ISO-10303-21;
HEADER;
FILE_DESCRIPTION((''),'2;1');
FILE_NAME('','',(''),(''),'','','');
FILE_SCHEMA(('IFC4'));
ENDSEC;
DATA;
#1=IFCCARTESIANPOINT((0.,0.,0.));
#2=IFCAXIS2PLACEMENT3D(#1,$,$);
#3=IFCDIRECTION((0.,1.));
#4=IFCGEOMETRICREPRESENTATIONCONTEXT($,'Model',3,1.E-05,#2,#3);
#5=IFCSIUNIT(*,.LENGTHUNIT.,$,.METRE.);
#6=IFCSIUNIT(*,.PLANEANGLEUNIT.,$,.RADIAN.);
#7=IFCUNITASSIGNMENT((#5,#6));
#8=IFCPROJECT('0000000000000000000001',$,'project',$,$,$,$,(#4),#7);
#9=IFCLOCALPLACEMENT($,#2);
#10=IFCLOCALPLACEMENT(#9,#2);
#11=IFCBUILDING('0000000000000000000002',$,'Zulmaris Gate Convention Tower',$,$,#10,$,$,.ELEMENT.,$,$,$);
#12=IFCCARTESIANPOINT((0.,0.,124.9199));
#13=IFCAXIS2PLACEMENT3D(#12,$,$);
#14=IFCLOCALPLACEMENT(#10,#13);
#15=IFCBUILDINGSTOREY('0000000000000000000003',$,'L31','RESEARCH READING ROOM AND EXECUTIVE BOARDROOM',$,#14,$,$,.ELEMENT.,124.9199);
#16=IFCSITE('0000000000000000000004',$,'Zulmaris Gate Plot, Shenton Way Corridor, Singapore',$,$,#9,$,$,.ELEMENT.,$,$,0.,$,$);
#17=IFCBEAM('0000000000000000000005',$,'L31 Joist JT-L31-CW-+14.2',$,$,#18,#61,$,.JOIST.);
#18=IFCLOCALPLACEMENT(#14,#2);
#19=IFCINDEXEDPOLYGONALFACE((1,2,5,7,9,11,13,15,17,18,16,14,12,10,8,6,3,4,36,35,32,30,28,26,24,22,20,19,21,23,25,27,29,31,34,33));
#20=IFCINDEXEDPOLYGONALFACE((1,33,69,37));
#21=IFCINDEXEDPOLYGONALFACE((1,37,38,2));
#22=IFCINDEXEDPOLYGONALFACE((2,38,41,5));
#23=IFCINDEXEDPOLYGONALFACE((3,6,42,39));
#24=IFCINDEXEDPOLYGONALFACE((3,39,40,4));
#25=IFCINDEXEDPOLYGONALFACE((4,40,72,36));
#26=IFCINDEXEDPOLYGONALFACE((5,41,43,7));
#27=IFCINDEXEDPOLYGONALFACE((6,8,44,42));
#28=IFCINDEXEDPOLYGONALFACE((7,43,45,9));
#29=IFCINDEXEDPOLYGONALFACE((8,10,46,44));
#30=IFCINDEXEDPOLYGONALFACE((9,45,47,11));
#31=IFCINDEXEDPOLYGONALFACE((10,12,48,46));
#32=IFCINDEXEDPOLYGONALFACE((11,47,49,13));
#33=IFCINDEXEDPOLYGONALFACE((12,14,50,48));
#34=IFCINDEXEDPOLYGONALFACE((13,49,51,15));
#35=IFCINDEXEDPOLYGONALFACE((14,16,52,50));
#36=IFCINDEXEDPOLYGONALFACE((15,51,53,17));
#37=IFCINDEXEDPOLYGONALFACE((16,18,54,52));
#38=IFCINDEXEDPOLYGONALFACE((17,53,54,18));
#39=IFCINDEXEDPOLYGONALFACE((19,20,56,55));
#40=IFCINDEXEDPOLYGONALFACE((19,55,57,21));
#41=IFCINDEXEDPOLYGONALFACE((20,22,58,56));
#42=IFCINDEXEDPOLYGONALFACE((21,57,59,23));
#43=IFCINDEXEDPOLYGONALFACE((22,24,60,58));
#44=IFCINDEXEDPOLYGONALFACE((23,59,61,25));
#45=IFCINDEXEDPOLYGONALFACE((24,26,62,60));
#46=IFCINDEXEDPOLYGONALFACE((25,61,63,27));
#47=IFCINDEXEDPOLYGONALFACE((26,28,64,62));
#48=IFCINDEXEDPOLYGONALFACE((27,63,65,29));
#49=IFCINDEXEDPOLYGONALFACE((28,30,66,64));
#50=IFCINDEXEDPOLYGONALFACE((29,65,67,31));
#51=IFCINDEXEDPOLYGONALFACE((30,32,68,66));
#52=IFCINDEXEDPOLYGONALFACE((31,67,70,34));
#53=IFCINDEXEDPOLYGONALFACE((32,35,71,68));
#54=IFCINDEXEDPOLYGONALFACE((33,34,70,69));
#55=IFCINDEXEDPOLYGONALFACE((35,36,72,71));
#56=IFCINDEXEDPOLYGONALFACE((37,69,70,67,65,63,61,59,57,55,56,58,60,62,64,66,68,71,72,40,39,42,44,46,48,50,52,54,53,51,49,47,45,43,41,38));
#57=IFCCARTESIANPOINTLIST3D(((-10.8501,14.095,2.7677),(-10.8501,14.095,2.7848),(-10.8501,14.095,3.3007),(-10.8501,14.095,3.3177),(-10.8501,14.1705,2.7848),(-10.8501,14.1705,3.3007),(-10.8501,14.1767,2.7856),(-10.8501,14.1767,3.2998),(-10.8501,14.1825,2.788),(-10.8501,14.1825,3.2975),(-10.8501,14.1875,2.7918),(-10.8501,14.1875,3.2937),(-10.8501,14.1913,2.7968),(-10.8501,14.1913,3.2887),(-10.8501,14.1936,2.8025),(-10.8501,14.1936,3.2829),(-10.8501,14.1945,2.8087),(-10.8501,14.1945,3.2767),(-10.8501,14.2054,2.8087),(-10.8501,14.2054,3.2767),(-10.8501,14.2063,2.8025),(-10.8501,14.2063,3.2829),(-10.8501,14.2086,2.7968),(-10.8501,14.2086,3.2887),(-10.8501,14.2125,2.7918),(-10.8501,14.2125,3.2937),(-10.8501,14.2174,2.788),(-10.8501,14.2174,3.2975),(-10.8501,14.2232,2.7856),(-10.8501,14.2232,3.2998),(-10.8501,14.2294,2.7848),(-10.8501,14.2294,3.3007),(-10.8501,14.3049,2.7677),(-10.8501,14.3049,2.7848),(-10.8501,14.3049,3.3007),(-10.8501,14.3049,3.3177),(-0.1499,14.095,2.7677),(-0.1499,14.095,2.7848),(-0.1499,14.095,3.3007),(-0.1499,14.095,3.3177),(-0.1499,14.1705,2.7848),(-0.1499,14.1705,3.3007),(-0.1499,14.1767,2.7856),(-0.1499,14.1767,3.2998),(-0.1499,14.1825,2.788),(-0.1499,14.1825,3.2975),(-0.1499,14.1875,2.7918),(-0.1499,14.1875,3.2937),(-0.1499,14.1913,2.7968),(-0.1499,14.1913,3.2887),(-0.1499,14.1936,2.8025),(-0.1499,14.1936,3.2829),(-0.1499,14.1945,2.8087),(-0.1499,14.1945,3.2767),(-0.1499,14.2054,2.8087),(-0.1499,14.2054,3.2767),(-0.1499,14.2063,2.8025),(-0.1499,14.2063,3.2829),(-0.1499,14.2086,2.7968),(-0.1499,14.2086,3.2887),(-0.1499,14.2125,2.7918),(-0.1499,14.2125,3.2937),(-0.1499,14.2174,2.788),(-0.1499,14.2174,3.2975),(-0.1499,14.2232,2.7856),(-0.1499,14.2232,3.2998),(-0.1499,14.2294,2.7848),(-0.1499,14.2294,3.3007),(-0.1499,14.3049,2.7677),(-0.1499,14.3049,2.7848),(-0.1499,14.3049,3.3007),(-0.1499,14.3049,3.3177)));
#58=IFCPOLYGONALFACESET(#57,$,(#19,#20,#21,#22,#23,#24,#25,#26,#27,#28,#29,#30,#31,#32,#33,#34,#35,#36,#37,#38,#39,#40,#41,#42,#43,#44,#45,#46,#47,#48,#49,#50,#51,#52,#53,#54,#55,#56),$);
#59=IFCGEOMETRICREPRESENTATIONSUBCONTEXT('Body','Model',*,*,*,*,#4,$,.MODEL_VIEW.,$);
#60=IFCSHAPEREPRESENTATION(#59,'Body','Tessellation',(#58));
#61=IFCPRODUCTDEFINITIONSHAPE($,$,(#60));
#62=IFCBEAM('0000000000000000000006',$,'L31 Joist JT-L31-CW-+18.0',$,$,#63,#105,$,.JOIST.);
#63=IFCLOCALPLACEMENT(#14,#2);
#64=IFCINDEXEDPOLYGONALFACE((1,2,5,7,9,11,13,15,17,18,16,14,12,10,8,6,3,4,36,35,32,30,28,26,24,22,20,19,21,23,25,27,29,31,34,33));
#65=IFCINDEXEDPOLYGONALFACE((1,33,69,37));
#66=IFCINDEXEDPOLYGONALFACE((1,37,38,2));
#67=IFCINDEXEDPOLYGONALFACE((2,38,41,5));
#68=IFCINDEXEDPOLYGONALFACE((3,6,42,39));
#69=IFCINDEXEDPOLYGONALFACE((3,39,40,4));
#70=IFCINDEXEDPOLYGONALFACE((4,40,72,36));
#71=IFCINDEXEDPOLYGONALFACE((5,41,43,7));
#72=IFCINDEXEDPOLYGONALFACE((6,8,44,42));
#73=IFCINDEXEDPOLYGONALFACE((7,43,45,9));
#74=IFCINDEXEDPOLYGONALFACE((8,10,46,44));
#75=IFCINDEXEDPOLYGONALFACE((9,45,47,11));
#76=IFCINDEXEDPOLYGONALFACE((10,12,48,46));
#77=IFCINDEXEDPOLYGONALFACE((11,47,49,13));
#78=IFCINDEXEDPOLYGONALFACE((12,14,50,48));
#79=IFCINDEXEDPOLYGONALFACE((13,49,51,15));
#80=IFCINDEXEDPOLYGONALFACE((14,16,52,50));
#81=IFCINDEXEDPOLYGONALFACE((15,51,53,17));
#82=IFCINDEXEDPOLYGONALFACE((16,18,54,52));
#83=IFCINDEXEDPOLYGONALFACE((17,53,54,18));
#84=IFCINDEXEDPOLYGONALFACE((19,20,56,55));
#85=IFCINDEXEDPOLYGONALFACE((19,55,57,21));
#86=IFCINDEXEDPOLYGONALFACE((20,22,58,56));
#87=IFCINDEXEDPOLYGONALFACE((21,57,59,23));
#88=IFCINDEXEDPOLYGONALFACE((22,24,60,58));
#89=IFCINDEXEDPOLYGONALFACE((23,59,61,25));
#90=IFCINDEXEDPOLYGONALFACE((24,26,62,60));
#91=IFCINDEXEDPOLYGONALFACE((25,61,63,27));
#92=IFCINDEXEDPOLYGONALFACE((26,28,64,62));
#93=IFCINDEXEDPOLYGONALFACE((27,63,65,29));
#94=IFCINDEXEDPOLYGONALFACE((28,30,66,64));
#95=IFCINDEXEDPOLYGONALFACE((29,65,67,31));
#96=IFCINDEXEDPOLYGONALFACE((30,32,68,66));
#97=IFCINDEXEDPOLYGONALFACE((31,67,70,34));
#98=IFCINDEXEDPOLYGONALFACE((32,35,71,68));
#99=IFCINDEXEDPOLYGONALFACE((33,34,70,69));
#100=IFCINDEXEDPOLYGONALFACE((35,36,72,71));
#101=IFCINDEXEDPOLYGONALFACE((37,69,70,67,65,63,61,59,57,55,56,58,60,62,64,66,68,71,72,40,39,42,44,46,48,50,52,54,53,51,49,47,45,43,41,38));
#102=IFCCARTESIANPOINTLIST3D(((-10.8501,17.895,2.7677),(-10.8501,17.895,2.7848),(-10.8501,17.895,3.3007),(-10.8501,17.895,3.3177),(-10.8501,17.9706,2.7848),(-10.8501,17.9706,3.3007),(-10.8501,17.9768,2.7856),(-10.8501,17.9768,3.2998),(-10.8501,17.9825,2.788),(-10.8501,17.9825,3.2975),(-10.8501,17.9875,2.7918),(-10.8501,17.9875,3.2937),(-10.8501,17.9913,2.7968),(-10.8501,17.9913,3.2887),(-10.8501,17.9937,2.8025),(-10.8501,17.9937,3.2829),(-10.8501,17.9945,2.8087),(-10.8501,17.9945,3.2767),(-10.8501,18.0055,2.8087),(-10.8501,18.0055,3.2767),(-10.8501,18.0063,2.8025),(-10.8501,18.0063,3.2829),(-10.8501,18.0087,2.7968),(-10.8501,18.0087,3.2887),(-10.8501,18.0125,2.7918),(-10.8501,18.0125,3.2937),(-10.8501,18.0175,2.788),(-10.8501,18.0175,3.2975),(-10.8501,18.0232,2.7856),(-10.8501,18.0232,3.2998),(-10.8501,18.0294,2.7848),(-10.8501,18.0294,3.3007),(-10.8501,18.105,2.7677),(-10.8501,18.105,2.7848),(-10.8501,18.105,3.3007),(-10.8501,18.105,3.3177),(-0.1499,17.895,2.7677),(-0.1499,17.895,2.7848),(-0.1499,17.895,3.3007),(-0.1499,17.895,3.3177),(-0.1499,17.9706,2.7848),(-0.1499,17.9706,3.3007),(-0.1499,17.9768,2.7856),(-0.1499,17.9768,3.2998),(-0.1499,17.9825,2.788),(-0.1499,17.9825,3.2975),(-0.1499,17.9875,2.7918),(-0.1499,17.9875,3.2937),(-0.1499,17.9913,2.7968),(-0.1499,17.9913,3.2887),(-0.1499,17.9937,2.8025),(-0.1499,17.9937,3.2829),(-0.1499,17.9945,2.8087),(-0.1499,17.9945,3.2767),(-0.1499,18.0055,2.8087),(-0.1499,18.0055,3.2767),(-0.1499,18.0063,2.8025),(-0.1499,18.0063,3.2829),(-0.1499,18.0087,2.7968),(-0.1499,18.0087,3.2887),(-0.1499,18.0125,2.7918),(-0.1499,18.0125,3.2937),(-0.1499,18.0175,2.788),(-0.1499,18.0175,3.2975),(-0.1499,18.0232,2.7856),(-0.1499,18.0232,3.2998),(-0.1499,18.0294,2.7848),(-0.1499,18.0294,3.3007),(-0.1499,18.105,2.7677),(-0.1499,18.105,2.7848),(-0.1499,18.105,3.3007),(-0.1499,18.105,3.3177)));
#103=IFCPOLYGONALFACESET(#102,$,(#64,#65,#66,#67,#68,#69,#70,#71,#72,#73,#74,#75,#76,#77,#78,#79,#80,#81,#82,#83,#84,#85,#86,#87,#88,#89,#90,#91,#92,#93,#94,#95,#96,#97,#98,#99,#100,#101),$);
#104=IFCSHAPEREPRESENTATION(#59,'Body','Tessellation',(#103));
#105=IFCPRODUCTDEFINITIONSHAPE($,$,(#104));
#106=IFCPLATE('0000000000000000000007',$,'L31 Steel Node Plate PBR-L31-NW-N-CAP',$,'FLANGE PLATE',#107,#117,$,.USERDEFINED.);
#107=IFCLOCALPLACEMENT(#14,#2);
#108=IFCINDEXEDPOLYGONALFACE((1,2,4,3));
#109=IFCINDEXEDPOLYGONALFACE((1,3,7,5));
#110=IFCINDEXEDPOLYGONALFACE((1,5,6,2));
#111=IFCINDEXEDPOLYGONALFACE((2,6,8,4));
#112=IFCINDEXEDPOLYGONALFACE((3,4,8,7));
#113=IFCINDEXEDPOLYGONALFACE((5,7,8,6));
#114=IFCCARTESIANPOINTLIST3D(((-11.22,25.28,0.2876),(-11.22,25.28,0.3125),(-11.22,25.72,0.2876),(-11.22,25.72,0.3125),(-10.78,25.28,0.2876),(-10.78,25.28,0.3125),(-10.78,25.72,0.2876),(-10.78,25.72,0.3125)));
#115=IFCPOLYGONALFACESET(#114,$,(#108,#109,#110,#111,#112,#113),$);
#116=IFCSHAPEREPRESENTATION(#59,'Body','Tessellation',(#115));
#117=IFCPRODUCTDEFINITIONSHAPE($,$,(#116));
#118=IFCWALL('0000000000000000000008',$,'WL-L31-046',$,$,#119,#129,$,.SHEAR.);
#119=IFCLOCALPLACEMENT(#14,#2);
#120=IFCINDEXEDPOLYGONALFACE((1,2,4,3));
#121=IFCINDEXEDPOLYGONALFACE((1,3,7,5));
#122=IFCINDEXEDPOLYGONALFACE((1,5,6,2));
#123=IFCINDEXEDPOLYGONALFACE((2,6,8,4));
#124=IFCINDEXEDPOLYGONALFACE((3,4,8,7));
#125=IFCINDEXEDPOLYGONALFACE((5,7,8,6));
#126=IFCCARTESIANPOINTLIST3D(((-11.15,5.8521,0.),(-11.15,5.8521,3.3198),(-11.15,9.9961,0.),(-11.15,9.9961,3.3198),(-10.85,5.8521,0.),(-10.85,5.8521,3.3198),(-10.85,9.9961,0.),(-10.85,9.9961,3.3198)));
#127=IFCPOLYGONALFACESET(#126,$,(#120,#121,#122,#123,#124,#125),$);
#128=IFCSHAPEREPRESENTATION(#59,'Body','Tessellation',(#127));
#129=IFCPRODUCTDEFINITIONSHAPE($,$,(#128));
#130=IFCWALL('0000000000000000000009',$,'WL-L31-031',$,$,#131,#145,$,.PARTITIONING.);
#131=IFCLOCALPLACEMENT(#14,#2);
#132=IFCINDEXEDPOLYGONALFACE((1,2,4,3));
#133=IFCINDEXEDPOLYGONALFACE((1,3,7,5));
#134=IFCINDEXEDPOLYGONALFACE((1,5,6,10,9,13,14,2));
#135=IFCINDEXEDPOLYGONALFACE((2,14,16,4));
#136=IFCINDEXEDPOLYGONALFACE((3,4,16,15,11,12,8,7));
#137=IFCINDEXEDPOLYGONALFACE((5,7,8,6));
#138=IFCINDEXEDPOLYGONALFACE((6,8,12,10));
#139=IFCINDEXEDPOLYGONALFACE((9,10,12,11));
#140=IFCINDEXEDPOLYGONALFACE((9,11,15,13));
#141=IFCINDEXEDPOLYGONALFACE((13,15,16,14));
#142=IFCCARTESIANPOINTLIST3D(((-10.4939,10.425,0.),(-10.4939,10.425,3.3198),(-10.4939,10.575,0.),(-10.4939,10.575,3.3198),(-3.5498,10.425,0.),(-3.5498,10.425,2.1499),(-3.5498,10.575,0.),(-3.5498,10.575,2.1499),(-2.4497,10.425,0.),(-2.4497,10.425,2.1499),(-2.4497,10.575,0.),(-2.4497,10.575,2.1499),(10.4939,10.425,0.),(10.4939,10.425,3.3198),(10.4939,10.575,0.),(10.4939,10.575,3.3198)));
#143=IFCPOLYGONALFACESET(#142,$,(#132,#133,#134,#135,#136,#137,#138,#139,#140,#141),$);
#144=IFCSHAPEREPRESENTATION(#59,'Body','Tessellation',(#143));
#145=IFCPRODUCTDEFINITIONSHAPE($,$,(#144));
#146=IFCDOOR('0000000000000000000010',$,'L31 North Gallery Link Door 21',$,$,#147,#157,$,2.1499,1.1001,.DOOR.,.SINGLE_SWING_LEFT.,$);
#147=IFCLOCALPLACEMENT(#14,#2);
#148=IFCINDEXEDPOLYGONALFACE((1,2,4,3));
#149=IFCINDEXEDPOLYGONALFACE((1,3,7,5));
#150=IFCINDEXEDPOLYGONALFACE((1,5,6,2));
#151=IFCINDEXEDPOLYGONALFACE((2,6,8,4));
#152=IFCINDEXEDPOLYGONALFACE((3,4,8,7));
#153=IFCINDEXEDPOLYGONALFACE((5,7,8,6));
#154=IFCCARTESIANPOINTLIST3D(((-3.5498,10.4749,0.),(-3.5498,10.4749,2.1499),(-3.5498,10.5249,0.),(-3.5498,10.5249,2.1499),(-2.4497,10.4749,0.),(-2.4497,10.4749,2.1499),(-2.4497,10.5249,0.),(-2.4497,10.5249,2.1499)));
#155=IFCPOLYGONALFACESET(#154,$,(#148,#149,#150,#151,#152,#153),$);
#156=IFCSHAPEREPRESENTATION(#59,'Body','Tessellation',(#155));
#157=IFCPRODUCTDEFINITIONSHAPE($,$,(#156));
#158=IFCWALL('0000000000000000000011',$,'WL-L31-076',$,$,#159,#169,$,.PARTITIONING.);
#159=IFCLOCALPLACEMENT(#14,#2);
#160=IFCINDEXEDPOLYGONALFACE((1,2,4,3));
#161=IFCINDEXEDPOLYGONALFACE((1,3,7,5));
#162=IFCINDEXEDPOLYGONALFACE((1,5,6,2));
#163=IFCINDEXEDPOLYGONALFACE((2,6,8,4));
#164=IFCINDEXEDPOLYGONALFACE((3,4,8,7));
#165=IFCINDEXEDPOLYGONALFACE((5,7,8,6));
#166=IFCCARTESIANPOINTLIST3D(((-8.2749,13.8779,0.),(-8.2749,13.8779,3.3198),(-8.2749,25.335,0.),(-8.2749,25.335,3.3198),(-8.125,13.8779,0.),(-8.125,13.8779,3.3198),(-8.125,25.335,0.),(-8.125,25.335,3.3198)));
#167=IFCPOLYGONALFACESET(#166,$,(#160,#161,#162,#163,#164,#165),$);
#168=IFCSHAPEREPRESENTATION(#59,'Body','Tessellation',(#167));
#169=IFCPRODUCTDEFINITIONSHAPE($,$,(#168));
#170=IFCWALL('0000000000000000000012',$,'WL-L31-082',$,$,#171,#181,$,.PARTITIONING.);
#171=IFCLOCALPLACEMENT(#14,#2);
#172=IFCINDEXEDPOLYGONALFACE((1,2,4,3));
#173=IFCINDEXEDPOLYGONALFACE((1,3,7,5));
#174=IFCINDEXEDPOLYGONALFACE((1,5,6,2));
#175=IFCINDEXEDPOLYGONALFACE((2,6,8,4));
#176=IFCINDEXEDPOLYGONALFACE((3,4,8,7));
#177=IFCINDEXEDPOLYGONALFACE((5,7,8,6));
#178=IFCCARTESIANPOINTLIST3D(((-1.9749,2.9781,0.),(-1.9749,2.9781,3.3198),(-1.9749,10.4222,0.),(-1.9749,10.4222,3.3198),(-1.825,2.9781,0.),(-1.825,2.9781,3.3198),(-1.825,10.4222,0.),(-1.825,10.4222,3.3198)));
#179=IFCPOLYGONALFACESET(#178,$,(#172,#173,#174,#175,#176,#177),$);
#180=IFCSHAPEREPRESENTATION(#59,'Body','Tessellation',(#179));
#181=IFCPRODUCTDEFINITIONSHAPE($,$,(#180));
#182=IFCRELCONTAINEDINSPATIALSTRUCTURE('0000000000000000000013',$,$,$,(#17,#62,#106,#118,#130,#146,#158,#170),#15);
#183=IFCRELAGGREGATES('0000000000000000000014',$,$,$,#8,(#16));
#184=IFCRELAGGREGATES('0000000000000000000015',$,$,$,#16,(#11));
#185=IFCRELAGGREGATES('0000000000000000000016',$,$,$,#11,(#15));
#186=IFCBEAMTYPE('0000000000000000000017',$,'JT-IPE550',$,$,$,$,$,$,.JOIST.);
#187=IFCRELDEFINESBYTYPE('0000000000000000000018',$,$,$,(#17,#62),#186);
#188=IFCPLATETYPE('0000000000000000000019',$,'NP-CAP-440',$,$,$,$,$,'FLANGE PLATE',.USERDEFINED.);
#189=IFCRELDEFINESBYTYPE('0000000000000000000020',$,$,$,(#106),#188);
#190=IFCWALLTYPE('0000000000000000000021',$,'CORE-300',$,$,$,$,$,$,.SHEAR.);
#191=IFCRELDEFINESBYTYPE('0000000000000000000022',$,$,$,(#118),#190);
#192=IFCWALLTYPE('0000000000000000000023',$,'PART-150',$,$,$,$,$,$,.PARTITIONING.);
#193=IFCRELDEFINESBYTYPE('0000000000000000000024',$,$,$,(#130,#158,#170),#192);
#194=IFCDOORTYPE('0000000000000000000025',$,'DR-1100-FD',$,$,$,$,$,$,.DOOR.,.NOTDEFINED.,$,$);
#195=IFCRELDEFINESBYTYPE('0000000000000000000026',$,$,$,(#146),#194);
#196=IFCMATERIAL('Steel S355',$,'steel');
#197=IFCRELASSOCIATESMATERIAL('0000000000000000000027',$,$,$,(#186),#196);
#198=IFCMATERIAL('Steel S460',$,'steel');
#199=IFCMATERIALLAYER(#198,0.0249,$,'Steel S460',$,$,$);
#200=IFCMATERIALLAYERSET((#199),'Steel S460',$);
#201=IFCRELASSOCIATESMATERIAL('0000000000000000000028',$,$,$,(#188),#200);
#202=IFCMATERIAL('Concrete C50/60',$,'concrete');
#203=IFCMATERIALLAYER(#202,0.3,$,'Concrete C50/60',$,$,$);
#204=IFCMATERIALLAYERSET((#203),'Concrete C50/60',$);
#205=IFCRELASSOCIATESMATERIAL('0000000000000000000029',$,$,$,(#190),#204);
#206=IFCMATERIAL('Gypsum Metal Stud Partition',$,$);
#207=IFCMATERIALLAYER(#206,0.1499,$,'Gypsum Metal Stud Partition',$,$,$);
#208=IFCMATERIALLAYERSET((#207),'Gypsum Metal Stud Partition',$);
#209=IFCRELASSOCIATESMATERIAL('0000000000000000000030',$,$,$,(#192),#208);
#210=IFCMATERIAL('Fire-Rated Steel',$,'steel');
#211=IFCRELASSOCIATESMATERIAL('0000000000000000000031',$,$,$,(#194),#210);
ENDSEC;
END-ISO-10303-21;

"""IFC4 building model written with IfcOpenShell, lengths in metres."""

from ifc_helpers import new_model, si_unit, direction, frame, frame_2d, origin, origin_2d, place, context, subcontext, project, spatial, rectangle, i_section, extrude, material, layer, layer_set, material_profile, profile_set, type_object, element, fill, save


model = new_model("IFC4")

# Units and contexts
model_context = context("Model", 3, precision=1e-05, world=origin(), true_north=direction((0.0, 1.0)))
body_context = subcontext(model_context, "Body", "Model", "MODEL_VIEW")
ifc_project = project(units=[si_unit("LENGTHUNIT", "METRE"), si_unit("PLANEANGLEUNIT", "RADIAN")], contexts=[model_context])

# Site, building, storey
site_placement = place(None, origin())
site = spatial("IfcSite", under=ifc_project, at=site_placement, Name="Zulmaris Gate Plot, Shenton Way Corridor, Singapore", CompositionType="ELEMENT", RefElevation=0.0)
building_placement = place(site_placement, origin())
building = spatial("IfcBuilding", under=site, at=building_placement, Name="Zulmaris Gate Convention Tower", CompositionType="ELEMENT")
storey_placement = place(building_placement, frame((0.0, 0.0, 124.9199)))
storey = spatial("IfcBuildingStorey", under=building, at=storey_placement, Name="L31", Description="RESEARCH READING ROOM AND EXECUTIVE BOARDROOM", CompositionType="ELEMENT", Elevation=124.9199)

# Shared definitions
ifc_material_1 = material(Name="Steel S355", Category="steel")

# Shared definitions
ifc_material_2 = material(Name="Steel S460", Category="steel")

# Beams
ifc_material_profile_1 = material_profile(ifc_material_1, i_section(OverallWidth=0.21, OverallDepth=0.55, WebThickness=0.011, FlangeThickness=0.0171, FilletRadius=0.0239, at=origin_2d()), Name="IPE 550")
ifc_profile_set_1 = profile_set([ifc_material_profile_1], Name="Steel S355")
beam_type_1 = type_object("IfcBeamType", Name="JT-IPE550", PredefinedType="JOIST", material=ifc_profile_set_1)
for number, where, z_axis, x_axis, name in (
    (1, (-10.8501, 14.2, 3.0427), (1.0, 0.0, 0.0), (0.0, 1.0, 0.0), "L31 Joist JT-L31-CW-+14.2"),
    (2, (-10.8501, 18.0, 3.0427), (1.0, 0.0, 0.0), (0.0, 1.0, 0.0), "L31 Joist JT-L31-CW-+18.0"),
):
    element("IfcBeam", number, at=place(storey_placement, frame(where, z_axis=z_axis, x_axis=x_axis)), inside=storey, type_object=beam_type_1, Name=name, PredefinedType="JOIST", context=body_context, shape_type="SweptSolid", body=[
        extrude(i_section(OverallWidth=0.21, OverallDepth=0.55, WebThickness=0.011, FlangeThickness=0.0171, FilletRadius=0.0239, at=origin_2d()), origin(), (0.0, 0.0, 1.0), 10.7002),
    ])

# Plate
ifc_layer_1 = layer(ifc_material_2, 0.0249, Name="Steel S460")
ifc_layer_set_1 = layer_set([ifc_layer_1], Name="Steel S460")
plate_type = type_object("IfcPlateType", Name="NP-CAP-440", ElementType="FLANGE PLATE", PredefinedType="USERDEFINED", material=ifc_layer_set_1)
plate_placement = place(storey_placement, frame((-11.0, 25.5, 0.2876), z_axis=(0.0, 0.0, 1.0), x_axis=(1.0, 0.0, 0.0)))
element("IfcPlate", 3, at=plate_placement, inside=storey, type_object=plate_type, Name="L31 Steel Node Plate PBR-L31-NW-N-CAP", ObjectType="FLANGE PLATE", PredefinedType="USERDEFINED", context=body_context, shape_type="SweptSolid", body=[
    extrude(rectangle(XDim=0.4399, YDim=0.4399, at=origin_2d()), origin(), (0.0, 0.0, 1.0), 0.0249),
])

# Wall
ifc_material_3 = material(Name="Concrete C50/60", Category="concrete")
ifc_layer_2 = layer(ifc_material_3, 0.3, Name="Concrete C50/60")
ifc_layer_set_2 = layer_set([ifc_layer_2], Name="Concrete C50/60")
wall_type_1 = type_object("IfcWallType", Name="CORE-300", PredefinedType="SHEAR", material=ifc_layer_set_2)
wall_1_placement = place(storey_placement, frame((-11.0, 5.8521, 0.0), z_axis=(0.0, 0.0, 1.0), x_axis=(0.0, 1.0, 0.0)))
element("IfcWall", 4, at=wall_1_placement, inside=storey, type_object=wall_type_1, Name="WL-L31-046", PredefinedType="SHEAR", context=body_context, shape_type="SweptSolid", body=[
    extrude(rectangle(XDim=4.144, YDim=0.3, at=frame_2d((2.072, 0.0))), origin(), (0.0, 0.0, 1.0), 3.3198),
])

# Wall, opening, door
ifc_material_4 = material(Name="Gypsum Metal Stud Partition")
ifc_layer_3 = layer(ifc_material_4, 0.1499, Name="Gypsum Metal Stud Partition")
ifc_layer_set_3 = layer_set([ifc_layer_3], Name="Gypsum Metal Stud Partition")
wall_type_2 = type_object("IfcWallType", Name="PART-150", PredefinedType="PARTITIONING", material=ifc_layer_set_3)
wall_2_placement = place(storey_placement, frame((-10.4939, 10.5, 0.0), z_axis=(0.0, 0.0, 1.0), x_axis=(1.0, 0.0, 0.0)))
wall_2 = element("IfcWall", 5, at=wall_2_placement, inside=storey, type_object=wall_type_2, Name="WL-L31-031", PredefinedType="PARTITIONING", context=body_context, shape_type="SweptSolid", body=[
    extrude(rectangle(XDim=20.9878, YDim=0.1499, at=frame_2d((10.4939, 0.0))), origin(), (0.0, 0.0, 1.0), 3.3198),
])
opening_1_placement = place(wall_2_placement, frame((6.9441, 0.0, 0.0)))
opening_1 = element("IfcOpeningElement", 6, at=opening_1_placement, cuts=wall_2, PredefinedType="OPENING", context=body_context, shape_type="SweptSolid", body=[
    extrude(rectangle(XDim=1.1001, YDim=2.1499, at=frame_2d((0.55, 1.075))), frame((0.0, 0.085, 0.0), z_axis=(0.0, -1.0, 0.0), x_axis=(1.0, 0.0, 0.0)), (0.0, 0.0, 1.0), 0.1699),
])
ifc_material_5 = material(Name="Fire-Rated Steel", Category="steel")
door_type_1 = type_object("IfcDoorType", Name="DR-1100-FD", OperationType="NOTDEFINED", PredefinedType="DOOR", material=ifc_material_5)
door_1_placement = place(opening_1_placement, origin())
door_1 = element("IfcDoor", 7, at=door_1_placement, inside=storey, type_object=door_type_1, Name="L31 North Gallery Link Door 21", OperationType="SINGLE_SWING_LEFT", OverallHeight=2.1499, OverallWidth=1.1001, PredefinedType="DOOR", context=body_context, shape_type="SweptSolid", body=[
    extrude(rectangle(XDim=1.1001, YDim=2.1499, at=frame_2d((0.55, 1.075))), frame((0.0, 0.0249, 0.0), z_axis=(0.0, -1.0, 0.0), x_axis=(1.0, 0.0, 0.0)), (0.0, 0.0, 1.0), 0.05),
])
fill(opening_1, door_1)

# Walls
wall_3_placement = place(storey_placement, frame((-8.2, 13.8779, 0.0), z_axis=(0.0, 0.0, 1.0), x_axis=(0.0, 1.0, 0.0)))
element("IfcWall", 8, at=wall_3_placement, inside=storey, type_object=wall_type_2, Name="WL-L31-076", PredefinedType="PARTITIONING", context=body_context, shape_type="SweptSolid", body=[
    extrude(rectangle(XDim=11.457, YDim=0.1499, at=frame_2d((5.7285, 0.0))), origin(), (0.0, 0.0, 1.0), 3.3198),
])
wall_4_placement = place(storey_placement, frame((-1.8999, 2.978, 0.0), z_axis=(0.0, 0.0, 1.0), x_axis=(0.0, 1.0, 0.0)))
element("IfcWall", 9, at=wall_4_placement, inside=storey, type_object=wall_type_2, Name="WL-L31-082", PredefinedType="PARTITIONING", context=body_context, shape_type="SweptSolid", body=[
    extrude(rectangle(XDim=7.4441, YDim=0.1499, at=frame_2d((3.7222, 0.0))), origin(), (0.0, 0.0, 1.0), 3.3198),
])

save(model, "model.ifc")
